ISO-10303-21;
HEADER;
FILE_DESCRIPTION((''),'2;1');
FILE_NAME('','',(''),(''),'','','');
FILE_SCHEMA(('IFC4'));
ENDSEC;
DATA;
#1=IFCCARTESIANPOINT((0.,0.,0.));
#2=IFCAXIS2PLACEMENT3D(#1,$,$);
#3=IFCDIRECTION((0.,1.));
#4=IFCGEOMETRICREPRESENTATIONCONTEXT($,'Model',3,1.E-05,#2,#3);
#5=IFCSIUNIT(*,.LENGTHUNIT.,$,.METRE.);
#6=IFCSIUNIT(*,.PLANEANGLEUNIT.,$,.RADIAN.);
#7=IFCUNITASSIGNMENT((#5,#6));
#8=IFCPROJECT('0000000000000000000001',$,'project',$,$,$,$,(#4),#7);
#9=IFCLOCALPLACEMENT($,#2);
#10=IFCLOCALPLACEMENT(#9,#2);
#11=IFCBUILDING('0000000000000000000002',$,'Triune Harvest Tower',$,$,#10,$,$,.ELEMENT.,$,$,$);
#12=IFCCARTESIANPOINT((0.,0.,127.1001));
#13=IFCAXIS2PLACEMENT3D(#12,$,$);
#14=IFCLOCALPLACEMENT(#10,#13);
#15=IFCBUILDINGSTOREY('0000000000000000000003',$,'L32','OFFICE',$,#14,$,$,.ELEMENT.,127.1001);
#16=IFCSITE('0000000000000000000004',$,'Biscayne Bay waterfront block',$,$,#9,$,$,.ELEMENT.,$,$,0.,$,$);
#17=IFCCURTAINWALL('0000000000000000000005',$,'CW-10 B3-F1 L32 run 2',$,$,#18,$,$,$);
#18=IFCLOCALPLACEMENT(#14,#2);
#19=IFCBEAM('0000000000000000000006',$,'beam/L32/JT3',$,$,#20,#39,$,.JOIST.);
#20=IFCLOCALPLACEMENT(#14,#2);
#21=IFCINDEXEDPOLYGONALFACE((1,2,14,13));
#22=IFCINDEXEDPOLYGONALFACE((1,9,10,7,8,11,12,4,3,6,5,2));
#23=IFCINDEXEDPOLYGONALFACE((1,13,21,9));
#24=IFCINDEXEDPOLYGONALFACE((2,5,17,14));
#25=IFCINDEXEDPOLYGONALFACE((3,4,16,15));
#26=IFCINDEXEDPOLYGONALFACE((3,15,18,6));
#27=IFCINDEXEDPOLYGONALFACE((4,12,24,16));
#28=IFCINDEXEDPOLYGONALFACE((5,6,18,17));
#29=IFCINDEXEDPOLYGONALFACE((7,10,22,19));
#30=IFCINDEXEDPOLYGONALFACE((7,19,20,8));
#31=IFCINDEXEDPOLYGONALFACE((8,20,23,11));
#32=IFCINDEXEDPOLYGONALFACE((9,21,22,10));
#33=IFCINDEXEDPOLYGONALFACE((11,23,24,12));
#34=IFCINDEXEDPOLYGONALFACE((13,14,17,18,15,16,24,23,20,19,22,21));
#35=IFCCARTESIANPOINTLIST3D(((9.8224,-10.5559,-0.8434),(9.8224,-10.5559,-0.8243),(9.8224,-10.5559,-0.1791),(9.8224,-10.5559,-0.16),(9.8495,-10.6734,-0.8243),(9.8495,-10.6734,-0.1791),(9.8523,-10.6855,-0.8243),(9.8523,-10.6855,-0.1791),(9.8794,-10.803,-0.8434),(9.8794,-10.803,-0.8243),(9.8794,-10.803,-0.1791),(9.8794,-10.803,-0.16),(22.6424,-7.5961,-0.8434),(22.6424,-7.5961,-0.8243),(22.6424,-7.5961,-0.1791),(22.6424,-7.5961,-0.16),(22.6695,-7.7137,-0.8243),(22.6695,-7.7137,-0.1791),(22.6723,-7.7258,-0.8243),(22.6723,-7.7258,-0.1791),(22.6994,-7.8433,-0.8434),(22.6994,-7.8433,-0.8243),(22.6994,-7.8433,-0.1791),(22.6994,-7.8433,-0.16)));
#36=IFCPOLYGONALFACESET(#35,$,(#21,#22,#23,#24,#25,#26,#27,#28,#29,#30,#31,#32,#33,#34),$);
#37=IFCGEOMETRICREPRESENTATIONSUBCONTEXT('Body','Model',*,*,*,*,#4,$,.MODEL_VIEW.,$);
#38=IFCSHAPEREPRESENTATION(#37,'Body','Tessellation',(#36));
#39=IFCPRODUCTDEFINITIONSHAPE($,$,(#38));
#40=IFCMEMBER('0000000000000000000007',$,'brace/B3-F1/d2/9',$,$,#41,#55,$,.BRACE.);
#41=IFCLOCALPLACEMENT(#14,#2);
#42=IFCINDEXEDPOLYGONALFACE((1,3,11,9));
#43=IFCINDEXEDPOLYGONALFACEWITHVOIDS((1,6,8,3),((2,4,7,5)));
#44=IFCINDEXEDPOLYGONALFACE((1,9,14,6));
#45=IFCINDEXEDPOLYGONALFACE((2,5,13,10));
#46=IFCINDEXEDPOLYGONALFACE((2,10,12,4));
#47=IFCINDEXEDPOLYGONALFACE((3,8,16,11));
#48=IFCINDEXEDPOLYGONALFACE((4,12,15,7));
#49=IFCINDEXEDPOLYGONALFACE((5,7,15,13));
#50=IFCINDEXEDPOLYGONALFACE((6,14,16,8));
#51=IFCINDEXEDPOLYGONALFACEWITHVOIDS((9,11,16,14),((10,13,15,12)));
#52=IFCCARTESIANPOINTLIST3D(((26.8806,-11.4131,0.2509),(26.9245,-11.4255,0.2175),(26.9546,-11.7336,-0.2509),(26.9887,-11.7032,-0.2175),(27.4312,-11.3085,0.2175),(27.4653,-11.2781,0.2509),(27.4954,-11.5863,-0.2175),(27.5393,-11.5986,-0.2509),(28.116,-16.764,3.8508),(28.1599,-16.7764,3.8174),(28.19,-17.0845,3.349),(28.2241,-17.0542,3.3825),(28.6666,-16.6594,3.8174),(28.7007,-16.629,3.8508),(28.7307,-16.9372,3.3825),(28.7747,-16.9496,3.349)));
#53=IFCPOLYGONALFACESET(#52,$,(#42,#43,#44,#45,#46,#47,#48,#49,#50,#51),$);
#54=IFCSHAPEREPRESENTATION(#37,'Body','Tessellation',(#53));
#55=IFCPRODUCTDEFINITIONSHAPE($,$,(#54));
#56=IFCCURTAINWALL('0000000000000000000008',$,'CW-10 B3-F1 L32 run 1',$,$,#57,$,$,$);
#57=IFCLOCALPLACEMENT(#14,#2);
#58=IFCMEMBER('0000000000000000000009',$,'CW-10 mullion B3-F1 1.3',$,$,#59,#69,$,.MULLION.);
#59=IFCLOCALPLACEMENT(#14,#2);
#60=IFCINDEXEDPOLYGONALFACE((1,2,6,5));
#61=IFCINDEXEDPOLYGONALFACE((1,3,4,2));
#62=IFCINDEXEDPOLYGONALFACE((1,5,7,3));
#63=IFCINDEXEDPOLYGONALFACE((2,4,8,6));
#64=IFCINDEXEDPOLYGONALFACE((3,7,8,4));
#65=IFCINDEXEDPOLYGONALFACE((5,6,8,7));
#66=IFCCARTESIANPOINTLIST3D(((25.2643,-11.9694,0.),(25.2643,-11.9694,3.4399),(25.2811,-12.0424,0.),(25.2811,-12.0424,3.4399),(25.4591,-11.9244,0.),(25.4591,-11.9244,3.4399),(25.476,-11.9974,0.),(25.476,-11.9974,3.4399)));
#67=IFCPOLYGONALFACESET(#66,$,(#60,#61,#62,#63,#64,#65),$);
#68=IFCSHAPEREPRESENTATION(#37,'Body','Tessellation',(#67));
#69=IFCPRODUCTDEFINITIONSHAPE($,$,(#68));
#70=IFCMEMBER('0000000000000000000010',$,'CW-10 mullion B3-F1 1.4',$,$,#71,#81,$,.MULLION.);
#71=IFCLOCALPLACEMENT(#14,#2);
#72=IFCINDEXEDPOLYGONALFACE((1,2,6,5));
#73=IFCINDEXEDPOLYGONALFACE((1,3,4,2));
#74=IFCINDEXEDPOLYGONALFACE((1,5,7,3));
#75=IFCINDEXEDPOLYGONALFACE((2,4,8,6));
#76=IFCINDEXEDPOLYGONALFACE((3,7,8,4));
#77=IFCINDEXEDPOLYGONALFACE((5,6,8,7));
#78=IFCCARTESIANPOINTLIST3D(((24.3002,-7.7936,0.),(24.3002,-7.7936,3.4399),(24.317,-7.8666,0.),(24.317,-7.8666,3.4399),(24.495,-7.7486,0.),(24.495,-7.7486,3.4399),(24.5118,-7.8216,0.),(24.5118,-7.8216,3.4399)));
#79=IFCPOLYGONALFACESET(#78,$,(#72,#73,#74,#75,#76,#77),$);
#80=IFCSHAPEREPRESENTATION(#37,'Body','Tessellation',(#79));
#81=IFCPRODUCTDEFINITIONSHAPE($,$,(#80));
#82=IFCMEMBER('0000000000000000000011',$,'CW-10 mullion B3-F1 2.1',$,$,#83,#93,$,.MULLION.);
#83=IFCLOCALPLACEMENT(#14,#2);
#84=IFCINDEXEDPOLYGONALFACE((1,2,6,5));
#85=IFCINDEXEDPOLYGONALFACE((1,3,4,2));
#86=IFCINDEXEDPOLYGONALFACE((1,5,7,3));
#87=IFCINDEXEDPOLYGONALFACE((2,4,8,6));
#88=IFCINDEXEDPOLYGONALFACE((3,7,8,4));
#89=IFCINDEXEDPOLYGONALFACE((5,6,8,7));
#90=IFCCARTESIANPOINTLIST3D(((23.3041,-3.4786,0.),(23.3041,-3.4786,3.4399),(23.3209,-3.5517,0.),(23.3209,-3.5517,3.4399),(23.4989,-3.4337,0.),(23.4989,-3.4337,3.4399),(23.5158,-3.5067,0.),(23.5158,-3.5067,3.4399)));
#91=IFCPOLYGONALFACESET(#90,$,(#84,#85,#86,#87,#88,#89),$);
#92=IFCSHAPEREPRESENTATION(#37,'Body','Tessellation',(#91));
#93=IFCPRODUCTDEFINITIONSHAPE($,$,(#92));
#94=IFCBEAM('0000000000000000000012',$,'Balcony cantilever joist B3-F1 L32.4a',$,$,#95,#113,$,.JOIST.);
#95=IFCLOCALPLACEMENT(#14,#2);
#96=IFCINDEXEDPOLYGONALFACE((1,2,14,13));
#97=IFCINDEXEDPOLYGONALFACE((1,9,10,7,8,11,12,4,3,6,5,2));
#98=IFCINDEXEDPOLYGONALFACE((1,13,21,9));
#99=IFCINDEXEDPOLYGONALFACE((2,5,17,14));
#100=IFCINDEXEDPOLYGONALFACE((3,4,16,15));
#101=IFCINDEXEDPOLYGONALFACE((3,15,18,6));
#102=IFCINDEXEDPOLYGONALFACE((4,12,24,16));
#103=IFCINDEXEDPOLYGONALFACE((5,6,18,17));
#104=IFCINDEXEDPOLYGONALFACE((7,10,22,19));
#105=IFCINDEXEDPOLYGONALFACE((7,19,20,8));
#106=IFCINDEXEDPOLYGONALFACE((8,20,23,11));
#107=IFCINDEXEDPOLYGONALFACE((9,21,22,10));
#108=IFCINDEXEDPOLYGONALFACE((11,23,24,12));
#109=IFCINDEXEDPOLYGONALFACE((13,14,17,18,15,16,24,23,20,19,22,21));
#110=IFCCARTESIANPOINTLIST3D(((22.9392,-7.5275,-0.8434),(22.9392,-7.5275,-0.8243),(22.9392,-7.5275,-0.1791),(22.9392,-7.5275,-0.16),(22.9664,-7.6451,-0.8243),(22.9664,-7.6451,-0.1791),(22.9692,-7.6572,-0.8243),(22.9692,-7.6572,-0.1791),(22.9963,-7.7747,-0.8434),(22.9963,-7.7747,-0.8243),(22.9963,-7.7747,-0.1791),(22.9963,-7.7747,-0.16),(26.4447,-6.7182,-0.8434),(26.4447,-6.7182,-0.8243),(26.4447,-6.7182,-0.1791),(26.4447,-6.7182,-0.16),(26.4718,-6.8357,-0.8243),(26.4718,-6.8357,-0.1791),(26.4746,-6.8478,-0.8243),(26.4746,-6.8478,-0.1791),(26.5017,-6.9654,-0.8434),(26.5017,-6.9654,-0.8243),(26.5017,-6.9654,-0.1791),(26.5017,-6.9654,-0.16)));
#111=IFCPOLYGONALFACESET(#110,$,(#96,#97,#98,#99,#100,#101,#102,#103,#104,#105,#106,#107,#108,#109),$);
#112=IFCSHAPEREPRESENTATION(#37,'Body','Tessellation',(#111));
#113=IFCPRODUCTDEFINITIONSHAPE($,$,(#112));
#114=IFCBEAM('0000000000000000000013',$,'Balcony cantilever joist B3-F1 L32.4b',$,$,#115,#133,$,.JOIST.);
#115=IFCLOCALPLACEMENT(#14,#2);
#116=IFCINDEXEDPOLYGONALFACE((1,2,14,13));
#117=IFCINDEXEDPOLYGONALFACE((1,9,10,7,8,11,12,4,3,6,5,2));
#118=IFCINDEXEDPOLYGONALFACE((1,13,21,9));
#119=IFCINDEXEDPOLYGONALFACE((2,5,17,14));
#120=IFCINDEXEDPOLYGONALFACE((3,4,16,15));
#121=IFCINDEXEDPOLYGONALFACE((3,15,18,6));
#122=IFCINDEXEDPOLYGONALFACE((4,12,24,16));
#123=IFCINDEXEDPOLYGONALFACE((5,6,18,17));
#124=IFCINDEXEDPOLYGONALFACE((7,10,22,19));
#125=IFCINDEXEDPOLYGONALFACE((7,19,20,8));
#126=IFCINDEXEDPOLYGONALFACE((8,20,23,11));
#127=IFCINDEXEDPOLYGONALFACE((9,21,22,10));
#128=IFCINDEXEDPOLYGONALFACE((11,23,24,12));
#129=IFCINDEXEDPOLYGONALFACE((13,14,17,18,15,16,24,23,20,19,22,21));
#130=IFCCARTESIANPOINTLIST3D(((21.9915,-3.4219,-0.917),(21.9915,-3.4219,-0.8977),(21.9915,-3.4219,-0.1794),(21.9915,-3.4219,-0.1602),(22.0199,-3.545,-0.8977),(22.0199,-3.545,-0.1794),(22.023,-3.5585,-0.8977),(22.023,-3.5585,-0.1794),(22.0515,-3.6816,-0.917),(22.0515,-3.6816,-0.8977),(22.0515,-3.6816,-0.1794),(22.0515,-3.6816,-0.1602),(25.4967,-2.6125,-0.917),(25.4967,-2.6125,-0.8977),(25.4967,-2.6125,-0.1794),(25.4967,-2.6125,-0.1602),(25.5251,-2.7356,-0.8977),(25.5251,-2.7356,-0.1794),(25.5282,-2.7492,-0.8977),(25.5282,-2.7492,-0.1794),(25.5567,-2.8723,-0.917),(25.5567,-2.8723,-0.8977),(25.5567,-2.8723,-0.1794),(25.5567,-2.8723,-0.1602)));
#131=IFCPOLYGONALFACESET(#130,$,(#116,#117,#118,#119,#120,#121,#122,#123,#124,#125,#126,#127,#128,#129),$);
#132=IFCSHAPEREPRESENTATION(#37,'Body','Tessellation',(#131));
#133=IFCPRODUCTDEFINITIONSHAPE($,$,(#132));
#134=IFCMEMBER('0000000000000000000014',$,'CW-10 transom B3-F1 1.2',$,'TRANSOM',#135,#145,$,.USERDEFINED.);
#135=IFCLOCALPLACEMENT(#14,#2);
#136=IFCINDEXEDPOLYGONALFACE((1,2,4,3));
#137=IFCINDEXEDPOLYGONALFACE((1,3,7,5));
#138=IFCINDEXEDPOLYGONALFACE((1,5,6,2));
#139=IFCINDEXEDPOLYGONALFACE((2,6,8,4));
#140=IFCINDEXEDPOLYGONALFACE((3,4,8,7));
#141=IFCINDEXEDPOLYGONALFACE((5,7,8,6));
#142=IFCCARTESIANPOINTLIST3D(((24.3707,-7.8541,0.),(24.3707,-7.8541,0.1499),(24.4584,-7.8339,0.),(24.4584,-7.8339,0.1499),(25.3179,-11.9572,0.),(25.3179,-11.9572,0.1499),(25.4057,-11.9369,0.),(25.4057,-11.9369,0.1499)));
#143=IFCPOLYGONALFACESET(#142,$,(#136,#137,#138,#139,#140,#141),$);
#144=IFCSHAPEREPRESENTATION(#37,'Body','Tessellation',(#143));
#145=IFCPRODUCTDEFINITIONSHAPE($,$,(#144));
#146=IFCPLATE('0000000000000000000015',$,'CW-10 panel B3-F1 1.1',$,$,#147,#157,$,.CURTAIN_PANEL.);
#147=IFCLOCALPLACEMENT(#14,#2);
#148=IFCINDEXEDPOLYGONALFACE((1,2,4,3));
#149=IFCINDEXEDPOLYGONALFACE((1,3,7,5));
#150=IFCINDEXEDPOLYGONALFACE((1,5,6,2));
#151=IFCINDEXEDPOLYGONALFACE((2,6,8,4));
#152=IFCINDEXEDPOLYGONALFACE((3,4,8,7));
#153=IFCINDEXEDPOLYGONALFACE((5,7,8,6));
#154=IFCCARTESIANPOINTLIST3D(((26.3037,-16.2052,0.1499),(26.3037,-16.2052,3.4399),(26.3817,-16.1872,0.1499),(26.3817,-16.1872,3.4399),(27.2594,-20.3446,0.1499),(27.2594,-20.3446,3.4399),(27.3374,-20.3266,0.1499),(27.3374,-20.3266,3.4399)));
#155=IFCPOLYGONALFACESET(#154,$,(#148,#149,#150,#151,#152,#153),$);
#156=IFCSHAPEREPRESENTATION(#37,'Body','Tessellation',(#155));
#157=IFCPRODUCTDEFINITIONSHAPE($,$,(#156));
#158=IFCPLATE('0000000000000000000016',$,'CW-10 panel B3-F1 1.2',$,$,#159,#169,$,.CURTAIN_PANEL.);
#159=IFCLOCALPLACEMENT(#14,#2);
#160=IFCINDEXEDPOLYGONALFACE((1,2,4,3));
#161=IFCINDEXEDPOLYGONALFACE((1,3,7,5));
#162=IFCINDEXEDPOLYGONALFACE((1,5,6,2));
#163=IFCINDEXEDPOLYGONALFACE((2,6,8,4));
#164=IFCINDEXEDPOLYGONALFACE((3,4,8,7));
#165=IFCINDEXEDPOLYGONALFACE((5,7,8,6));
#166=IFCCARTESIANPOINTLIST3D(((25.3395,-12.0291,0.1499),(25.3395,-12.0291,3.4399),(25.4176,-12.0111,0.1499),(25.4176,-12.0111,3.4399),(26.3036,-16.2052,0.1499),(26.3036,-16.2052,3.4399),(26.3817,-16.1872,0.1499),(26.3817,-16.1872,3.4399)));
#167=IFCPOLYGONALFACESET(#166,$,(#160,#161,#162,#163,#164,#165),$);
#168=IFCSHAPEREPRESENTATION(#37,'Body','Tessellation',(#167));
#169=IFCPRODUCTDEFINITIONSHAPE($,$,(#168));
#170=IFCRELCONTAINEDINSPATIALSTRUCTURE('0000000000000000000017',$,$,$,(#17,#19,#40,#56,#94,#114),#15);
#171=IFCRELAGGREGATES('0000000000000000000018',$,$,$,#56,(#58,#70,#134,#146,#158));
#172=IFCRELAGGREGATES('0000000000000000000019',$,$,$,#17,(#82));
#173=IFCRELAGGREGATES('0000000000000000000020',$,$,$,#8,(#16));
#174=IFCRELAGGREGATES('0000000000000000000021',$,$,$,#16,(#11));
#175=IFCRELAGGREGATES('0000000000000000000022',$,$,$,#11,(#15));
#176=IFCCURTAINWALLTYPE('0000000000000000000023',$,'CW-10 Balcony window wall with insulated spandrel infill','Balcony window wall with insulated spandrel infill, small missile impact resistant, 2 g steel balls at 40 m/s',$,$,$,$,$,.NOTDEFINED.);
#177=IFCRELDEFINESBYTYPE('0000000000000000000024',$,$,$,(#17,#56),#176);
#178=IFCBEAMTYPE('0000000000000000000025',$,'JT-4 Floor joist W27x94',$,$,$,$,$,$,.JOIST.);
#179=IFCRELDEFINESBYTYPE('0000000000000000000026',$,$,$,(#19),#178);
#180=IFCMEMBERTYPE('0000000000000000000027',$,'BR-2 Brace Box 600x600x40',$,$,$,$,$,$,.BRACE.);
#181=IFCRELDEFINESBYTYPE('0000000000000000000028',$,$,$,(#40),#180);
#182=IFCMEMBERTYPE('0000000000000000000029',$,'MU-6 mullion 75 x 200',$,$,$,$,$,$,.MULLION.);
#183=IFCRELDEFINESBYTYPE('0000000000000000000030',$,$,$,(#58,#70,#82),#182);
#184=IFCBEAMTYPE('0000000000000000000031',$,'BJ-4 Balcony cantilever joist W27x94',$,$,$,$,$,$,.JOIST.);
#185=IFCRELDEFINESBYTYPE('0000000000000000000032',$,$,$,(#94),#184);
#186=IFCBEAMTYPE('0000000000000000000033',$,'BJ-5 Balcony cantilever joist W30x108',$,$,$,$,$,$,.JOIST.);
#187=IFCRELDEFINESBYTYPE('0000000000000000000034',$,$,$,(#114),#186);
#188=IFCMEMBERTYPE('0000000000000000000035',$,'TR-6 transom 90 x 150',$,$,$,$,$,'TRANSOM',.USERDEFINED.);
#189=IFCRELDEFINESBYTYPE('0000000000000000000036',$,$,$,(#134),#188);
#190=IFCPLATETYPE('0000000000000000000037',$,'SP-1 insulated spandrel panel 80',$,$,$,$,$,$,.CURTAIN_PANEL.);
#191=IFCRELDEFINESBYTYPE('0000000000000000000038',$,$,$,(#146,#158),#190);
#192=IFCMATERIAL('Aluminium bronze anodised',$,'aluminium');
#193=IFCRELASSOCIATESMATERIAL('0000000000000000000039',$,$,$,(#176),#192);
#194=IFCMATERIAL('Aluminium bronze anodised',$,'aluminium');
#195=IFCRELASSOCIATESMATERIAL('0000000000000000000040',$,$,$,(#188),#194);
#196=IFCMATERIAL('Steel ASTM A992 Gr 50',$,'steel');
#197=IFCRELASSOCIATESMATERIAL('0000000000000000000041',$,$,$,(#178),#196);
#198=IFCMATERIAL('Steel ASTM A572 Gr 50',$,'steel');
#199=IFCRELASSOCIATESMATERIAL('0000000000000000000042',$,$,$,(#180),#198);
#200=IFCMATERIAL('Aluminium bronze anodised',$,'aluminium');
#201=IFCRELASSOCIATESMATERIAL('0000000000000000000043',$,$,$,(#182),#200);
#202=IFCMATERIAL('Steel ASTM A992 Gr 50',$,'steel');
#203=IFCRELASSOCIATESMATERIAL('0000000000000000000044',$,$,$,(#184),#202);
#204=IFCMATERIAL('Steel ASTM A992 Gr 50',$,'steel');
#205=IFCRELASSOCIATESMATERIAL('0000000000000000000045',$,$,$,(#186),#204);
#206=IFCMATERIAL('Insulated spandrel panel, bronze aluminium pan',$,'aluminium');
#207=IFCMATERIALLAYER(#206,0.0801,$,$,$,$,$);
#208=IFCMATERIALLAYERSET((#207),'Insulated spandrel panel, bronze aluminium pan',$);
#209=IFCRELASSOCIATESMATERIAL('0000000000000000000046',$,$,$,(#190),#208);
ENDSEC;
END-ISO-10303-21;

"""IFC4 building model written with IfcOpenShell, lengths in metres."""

from ifc_helpers import new_model, si_unit, direction, frame, origin, origin_2d, place, context, subcontext, project, spatial, rectangle, hollow_rectangle, i_section, extrude, source, transform, mapped, material, layer, layer_set, material_profile, profile_set, type_object, element, aggregate, save


model = new_model("IFC4")

# Units and contexts
model_context = context("Model", 3, precision=1e-05, world=origin(), true_north=direction((0.0, 1.0)))
body_context = subcontext(model_context, "Body", "Model", "MODEL_VIEW")
ifc_project = project(units=[si_unit("LENGTHUNIT", "METRE"), si_unit("PLANEANGLEUNIT", "RADIAN")], contexts=[model_context])

# Site, building, storey
site_placement = place(None, origin())
site = spatial("IfcSite", under=ifc_project, at=site_placement, Name="Biscayne Bay waterfront block", CompositionType="ELEMENT", RefElevation=0.0)
building_placement = place(site_placement, origin())
building = spatial("IfcBuilding", under=site, at=building_placement, Name="Triune Harvest Tower", CompositionType="ELEMENT")
storey_placement = place(building_placement, frame((0.0, 0.0, 127.1001)))
storey = spatial("IfcBuildingStorey", under=building, at=storey_placement, Name="L32", Description="OFFICE", CompositionType="ELEMENT", Elevation=127.1001)

# Curtain wall
ifc_material_1 = material(Name="Aluminium bronze anodised", Category="aluminium")
curtain_wall_type = type_object("IfcCurtainWallType", Name="CW-10 Balcony window wall with insulated spandrel infill", Description="Balcony window wall with insulated spandrel infill, small missile impact resistant, 2 g steel balls at 40 m/s", PredefinedType="NOTDEFINED", material=ifc_material_1)
curtain_wall_1_placement = place(storey_placement, origin())
curtain_wall_1 = element("IfcCurtainWall", 1, at=curtain_wall_1_placement, inside=storey, type_object=curtain_wall_type, Name="CW-10 B3-F1 L32 run 2")
ifc_material_2 = material(Name="Aluminium bronze anodised", Category="aluminium")
ifc_material_profile_1 = material_profile(ifc_material_2, rectangle(XDim=0.0901, YDim=0.1499, at=origin_2d()), Name="TR-6 transom 90 x 150")
ifc_profile_set_1 = profile_set([ifc_material_profile_1], Name="Aluminium bronze anodised")
member_type_1 = type_object("IfcMemberType", Name="TR-6 transom 90 x 150", ElementType="TRANSOM", PredefinedType="USERDEFINED", material=ifc_profile_set_1)

# Beam
ifc_material_3 = material(Name="Steel ASTM A992 Gr 50", Category="steel")
ifc_material_profile_2 = material_profile(ifc_material_3, i_section(OverallWidth=0.2537, OverallDepth=0.6833, WebThickness=0.0125, FlangeThickness=0.019, at=origin_2d()), Name="W27x94")
ifc_profile_set_2 = profile_set([ifc_material_profile_2], Name="Steel ASTM A992 Gr 50")
beam_type_1 = type_object("IfcBeamType", Name="JT-4 Floor joist W27x94", PredefinedType="JOIST", material=ifc_profile_set_2)
shared_shape_1 = source(origin(), body_context, "Body", "SweptSolid", [
    extrude(i_section(OverallWidth=0.2537, OverallDepth=0.6833, WebThickness=0.0125, FlangeThickness=0.019, at=origin_2d()), origin(), (0.0, 0.0, 1.0), 13.1572),
])
beam_1_placement = place(storey_placement, frame((22.6709, -7.7197, -0.5017), z_axis=(-0.974371, -0.224949, 0.0), x_axis=(0.224949, -0.974371, 0.0)))
element("IfcBeam", 2, at=beam_1_placement, inside=storey, type_object=beam_type_1, Name="beam/L32/JT3", PredefinedType="JOIST", context=body_context, shape_type="MappedRepresentation", body=[
    mapped(shared_shape_1, transform((0.0, 0.0, 0.0), scale=1.0)),
])

# Member
ifc_material_4 = material(Name="Steel ASTM A572 Gr 50", Category="steel")
ifc_material_profile_3 = material_profile(ifc_material_4, hollow_rectangle(XDim=0.6001, YDim=0.6001, WallThickness=0.04, at=origin_2d()), Name="Box 600x600x40")
ifc_profile_set_3 = profile_set([ifc_material_profile_3], Name="Steel ASTM A572 Gr 50")
member_type_2 = type_object("IfcMemberType", Name="BR-2 Brace Box 600x600x40", PredefinedType="BRACE", material=ifc_profile_set_3)
shared_shape_2 = source(origin(), body_context, "Body", "SweptSolid", [
    extrude(hollow_rectangle(XDim=0.6001, YDim=0.6001, WallThickness=0.04, at=origin_2d()), origin(), (0.0, 0.0, 1.0), 6.5664),
])
member_1_placement = place(storey_placement, frame((27.21, -11.5059, 0.0), z_axis=(0.188135, -0.814892, 0.548231), x_axis=(0.974369, 0.224954, 0.0)))
element("IfcMember", 3, at=member_1_placement, inside=storey, type_object=member_type_2, Name="brace/B3-F1/d2/9", PredefinedType="BRACE", context=body_context, shape_type="MappedRepresentation", body=[
    mapped(shared_shape_2, transform((0.0, 0.0, 0.0), scale=1.0)),
])

# Curtain wall, members
curtain_wall_2_placement = place(storey_placement, origin())
curtain_wall_2 = element("IfcCurtainWall", 4, at=curtain_wall_2_placement, inside=storey, type_object=curtain_wall_type, Name="CW-10 B3-F1 L32 run 1")
ifc_material_5 = material(Name="Aluminium bronze anodised", Category="aluminium")
ifc_material_profile_4 = material_profile(ifc_material_5, rectangle(XDim=0.2, YDim=0.075, at=origin_2d()), Name="MU-6 mullion 75 x 200")
ifc_profile_set_4 = profile_set([ifc_material_profile_4], Name="Aluminium bronze anodised")
member_type_3 = type_object("IfcMemberType", Name="MU-6 mullion 75 x 200", PredefinedType="MULLION", material=ifc_profile_set_4)
shared_shape_3 = source(origin(), body_context, "Body", "SweptSolid", [
    extrude(rectangle(XDim=0.2, YDim=0.075, at=origin_2d()), origin(), (0.0, 0.0, 1.0), 3.4399),
])
member_2_placement = place(storey_placement, frame((25.3701, -11.9834, 0.0), z_axis=(0.0, 0.0, 1.0), x_axis=(-0.97437, -0.224951, 0.0)))
member_2 = element("IfcMember", 5, at=member_2_placement, type_object=member_type_3, Name="CW-10 mullion B3-F1 1.3", PredefinedType="MULLION", context=body_context, shape_type="MappedRepresentation", body=[
    mapped(shared_shape_3, transform((0.0, 0.0, 0.0), scale=1.0)),
])
member_3_placement = place(storey_placement, frame((24.406, -7.8076, 0.0), z_axis=(0.0, 0.0, 1.0), x_axis=(-0.97437, -0.224951, 0.0)))
member_3 = element("IfcMember", 6, at=member_3_placement, type_object=member_type_3, Name="CW-10 mullion B3-F1 1.4", PredefinedType="MULLION", context=body_context, shape_type="MappedRepresentation", body=[
    mapped(shared_shape_3, transform((0.0, 0.0, 0.0), scale=1.0)),
])

# Member
member_4_placement = place(storey_placement, frame((23.4099, -3.4927, 0.0), z_axis=(0.0, 0.0, 1.0), x_axis=(-0.974371, -0.224946, 0.0)))
member_4 = element("IfcMember", 7, at=member_4_placement, type_object=member_type_3, Name="CW-10 mullion B3-F1 2.1", PredefinedType="MULLION", context=body_context, shape_type="MappedRepresentation", body=[
    mapped(shared_shape_3, transform((0.0, 0.0, 0.0), scale=1.0)),
])

# Beams
ifc_material_6 = material(Name="Steel ASTM A992 Gr 50", Category="steel")
ifc_material_profile_5 = material_profile(ifc_material_6, i_section(OverallWidth=0.2537, OverallDepth=0.6833, WebThickness=0.0125, FlangeThickness=0.019, at=origin_2d()), Name="W27x94")
ifc_profile_set_5 = profile_set([ifc_material_profile_5], Name="Steel ASTM A992 Gr 50")
beam_type_2 = type_object("IfcBeamType", Name="BJ-4 Balcony cantilever joist W27x94", PredefinedType="JOIST", material=ifc_profile_set_5)
shared_shape_4 = source(origin(), body_context, "Body", "SweptSolid", [
    extrude(i_section(OverallWidth=0.2537, OverallDepth=0.6833, WebThickness=0.0125, FlangeThickness=0.019, at=origin_2d()), origin(), (0.0, 0.0, 1.0), 3.5977),
])
beam_2_placement = place(storey_placement, frame((22.9678, -7.6511, -0.5017), z_axis=(0.974367, 0.224964, 0.0), x_axis=(-0.224964, 0.974367, 0.0)))
element("IfcBeam", 8, at=beam_2_placement, inside=storey, type_object=beam_type_2, Name="Balcony cantilever joist B3-F1 L32.4a", PredefinedType="JOIST", context=body_context, shape_type="MappedRepresentation", body=[
    mapped(shared_shape_4, transform((0.0, 0.0, 0.0), scale=1.0)),
])
ifc_material_7 = material(Name="Steel ASTM A992 Gr 50", Category="steel")
ifc_material_profile_6 = material_profile(ifc_material_7, i_section(OverallWidth=0.2666, OverallDepth=0.7568, WebThickness=0.0139, FlangeThickness=0.0193, at=origin_2d()), Name="W30x108")
ifc_profile_set_6 = profile_set([ifc_material_profile_6], Name="Steel ASTM A992 Gr 50")
beam_type_3 = type_object("IfcBeamType", Name="BJ-5 Balcony cantilever joist W30x108", PredefinedType="JOIST", material=ifc_profile_set_6)
shared_shape_5 = source(origin(), body_context, "Body", "SweptSolid", [
    extrude(i_section(OverallWidth=0.2666, OverallDepth=0.7568, WebThickness=0.0139, FlangeThickness=0.0193, at=origin_2d()), origin(), (0.0, 0.0, 1.0), 3.5974),
])
beam_3_placement = place(storey_placement, frame((22.0215, -3.5518, -0.5386), z_axis=(0.974364, 0.224978, 0.0), x_axis=(-0.224978, 0.974364, 0.0)))
element("IfcBeam", 9, at=beam_3_placement, inside=storey, type_object=beam_type_3, Name="Balcony cantilever joist B3-F1 L32.4b", PredefinedType="JOIST", context=body_context, shape_type="MappedRepresentation", body=[
    mapped(shared_shape_5, transform((0.0, 0.0, 0.0), scale=1.0)),
])

# Member
shared_shape_6 = source(origin(), body_context, "Body", "SweptSolid", [
    extrude(rectangle(XDim=0.0901, YDim=0.1499, at=origin_2d()), origin(), (0.0, 0.0, 1.0), 4.2109),
])
member_5_placement = place(storey_placement, frame((25.3618, -11.947, 0.075), z_axis=(-0.224953, 0.97437, 0.0), x_axis=(-0.97437, -0.224953, 0.0)))
member_5 = element("IfcMember", 10, at=member_5_placement, type_object=member_type_1, Name="CW-10 transom B3-F1 1.2", ObjectType="TRANSOM", PredefinedType="USERDEFINED", context=body_context, shape_type="MappedRepresentation", body=[
    mapped(shared_shape_6, transform((0.0, 0.0, 0.0), scale=1.0)),
])

# Plates
ifc_material_8 = material(Name="Insulated spandrel panel, bronze aluminium pan", Category="aluminium")
ifc_layer_1 = layer(ifc_material_8, 0.0801)
ifc_layer_set_1 = layer_set([ifc_layer_1], Name="Insulated spandrel panel, bronze aluminium pan")
plate_type = type_object("IfcPlateType", Name="SP-1 insulated spandrel panel 80", PredefinedType="CURTAIN_PANEL", material=ifc_layer_set_1)
shared_shape_7 = source(origin(), body_context, "Body", "SweptSolid", [
    extrude(rectangle(XDim=4.2483, YDim=0.0801, at=origin_2d()), origin(), (0.0, 0.0, 1.0), 3.29),
])
plate_1_placement = place(storey_placement, frame((26.8206, -18.2659, 0.1499), z_axis=(0.0, 0.0, 1.0), x_axis=(-0.224951, 0.97437, 0.0)))
plate_1 = element("IfcPlate", 11, at=plate_1_placement, type_object=plate_type, Name="CW-10 panel B3-F1 1.1", PredefinedType="CURTAIN_PANEL", context=body_context, shape_type="MappedRepresentation", body=[
    mapped(shared_shape_7, transform((0.0, 0.0, 0.0), scale=1.0)),
])
shared_shape_8 = source(origin(), body_context, "Body", "SweptSolid", [
    extrude(rectangle(XDim=4.2859, YDim=0.0801, at=origin_2d()), origin(), (0.0, 0.0, 1.0), 3.29),
])
plate_2_placement = place(storey_placement, frame((25.8606, -14.1082, 0.1499), z_axis=(0.0, 0.0, 1.0), x_axis=(-0.224951, 0.97437, 0.0)))
plate_2 = element("IfcPlate", 12, at=plate_2_placement, type_object=plate_type, Name="CW-10 panel B3-F1 1.2", PredefinedType="CURTAIN_PANEL", context=body_context, shape_type="MappedRepresentation", body=[
    mapped(shared_shape_8, transform((0.0, 0.0, 0.0), scale=1.0)),
])
aggregate(curtain_wall_2, [member_2, member_3, member_5, plate_1, plate_2])
aggregate(curtain_wall_1, [member_4])

save(model, "model.ifc")
